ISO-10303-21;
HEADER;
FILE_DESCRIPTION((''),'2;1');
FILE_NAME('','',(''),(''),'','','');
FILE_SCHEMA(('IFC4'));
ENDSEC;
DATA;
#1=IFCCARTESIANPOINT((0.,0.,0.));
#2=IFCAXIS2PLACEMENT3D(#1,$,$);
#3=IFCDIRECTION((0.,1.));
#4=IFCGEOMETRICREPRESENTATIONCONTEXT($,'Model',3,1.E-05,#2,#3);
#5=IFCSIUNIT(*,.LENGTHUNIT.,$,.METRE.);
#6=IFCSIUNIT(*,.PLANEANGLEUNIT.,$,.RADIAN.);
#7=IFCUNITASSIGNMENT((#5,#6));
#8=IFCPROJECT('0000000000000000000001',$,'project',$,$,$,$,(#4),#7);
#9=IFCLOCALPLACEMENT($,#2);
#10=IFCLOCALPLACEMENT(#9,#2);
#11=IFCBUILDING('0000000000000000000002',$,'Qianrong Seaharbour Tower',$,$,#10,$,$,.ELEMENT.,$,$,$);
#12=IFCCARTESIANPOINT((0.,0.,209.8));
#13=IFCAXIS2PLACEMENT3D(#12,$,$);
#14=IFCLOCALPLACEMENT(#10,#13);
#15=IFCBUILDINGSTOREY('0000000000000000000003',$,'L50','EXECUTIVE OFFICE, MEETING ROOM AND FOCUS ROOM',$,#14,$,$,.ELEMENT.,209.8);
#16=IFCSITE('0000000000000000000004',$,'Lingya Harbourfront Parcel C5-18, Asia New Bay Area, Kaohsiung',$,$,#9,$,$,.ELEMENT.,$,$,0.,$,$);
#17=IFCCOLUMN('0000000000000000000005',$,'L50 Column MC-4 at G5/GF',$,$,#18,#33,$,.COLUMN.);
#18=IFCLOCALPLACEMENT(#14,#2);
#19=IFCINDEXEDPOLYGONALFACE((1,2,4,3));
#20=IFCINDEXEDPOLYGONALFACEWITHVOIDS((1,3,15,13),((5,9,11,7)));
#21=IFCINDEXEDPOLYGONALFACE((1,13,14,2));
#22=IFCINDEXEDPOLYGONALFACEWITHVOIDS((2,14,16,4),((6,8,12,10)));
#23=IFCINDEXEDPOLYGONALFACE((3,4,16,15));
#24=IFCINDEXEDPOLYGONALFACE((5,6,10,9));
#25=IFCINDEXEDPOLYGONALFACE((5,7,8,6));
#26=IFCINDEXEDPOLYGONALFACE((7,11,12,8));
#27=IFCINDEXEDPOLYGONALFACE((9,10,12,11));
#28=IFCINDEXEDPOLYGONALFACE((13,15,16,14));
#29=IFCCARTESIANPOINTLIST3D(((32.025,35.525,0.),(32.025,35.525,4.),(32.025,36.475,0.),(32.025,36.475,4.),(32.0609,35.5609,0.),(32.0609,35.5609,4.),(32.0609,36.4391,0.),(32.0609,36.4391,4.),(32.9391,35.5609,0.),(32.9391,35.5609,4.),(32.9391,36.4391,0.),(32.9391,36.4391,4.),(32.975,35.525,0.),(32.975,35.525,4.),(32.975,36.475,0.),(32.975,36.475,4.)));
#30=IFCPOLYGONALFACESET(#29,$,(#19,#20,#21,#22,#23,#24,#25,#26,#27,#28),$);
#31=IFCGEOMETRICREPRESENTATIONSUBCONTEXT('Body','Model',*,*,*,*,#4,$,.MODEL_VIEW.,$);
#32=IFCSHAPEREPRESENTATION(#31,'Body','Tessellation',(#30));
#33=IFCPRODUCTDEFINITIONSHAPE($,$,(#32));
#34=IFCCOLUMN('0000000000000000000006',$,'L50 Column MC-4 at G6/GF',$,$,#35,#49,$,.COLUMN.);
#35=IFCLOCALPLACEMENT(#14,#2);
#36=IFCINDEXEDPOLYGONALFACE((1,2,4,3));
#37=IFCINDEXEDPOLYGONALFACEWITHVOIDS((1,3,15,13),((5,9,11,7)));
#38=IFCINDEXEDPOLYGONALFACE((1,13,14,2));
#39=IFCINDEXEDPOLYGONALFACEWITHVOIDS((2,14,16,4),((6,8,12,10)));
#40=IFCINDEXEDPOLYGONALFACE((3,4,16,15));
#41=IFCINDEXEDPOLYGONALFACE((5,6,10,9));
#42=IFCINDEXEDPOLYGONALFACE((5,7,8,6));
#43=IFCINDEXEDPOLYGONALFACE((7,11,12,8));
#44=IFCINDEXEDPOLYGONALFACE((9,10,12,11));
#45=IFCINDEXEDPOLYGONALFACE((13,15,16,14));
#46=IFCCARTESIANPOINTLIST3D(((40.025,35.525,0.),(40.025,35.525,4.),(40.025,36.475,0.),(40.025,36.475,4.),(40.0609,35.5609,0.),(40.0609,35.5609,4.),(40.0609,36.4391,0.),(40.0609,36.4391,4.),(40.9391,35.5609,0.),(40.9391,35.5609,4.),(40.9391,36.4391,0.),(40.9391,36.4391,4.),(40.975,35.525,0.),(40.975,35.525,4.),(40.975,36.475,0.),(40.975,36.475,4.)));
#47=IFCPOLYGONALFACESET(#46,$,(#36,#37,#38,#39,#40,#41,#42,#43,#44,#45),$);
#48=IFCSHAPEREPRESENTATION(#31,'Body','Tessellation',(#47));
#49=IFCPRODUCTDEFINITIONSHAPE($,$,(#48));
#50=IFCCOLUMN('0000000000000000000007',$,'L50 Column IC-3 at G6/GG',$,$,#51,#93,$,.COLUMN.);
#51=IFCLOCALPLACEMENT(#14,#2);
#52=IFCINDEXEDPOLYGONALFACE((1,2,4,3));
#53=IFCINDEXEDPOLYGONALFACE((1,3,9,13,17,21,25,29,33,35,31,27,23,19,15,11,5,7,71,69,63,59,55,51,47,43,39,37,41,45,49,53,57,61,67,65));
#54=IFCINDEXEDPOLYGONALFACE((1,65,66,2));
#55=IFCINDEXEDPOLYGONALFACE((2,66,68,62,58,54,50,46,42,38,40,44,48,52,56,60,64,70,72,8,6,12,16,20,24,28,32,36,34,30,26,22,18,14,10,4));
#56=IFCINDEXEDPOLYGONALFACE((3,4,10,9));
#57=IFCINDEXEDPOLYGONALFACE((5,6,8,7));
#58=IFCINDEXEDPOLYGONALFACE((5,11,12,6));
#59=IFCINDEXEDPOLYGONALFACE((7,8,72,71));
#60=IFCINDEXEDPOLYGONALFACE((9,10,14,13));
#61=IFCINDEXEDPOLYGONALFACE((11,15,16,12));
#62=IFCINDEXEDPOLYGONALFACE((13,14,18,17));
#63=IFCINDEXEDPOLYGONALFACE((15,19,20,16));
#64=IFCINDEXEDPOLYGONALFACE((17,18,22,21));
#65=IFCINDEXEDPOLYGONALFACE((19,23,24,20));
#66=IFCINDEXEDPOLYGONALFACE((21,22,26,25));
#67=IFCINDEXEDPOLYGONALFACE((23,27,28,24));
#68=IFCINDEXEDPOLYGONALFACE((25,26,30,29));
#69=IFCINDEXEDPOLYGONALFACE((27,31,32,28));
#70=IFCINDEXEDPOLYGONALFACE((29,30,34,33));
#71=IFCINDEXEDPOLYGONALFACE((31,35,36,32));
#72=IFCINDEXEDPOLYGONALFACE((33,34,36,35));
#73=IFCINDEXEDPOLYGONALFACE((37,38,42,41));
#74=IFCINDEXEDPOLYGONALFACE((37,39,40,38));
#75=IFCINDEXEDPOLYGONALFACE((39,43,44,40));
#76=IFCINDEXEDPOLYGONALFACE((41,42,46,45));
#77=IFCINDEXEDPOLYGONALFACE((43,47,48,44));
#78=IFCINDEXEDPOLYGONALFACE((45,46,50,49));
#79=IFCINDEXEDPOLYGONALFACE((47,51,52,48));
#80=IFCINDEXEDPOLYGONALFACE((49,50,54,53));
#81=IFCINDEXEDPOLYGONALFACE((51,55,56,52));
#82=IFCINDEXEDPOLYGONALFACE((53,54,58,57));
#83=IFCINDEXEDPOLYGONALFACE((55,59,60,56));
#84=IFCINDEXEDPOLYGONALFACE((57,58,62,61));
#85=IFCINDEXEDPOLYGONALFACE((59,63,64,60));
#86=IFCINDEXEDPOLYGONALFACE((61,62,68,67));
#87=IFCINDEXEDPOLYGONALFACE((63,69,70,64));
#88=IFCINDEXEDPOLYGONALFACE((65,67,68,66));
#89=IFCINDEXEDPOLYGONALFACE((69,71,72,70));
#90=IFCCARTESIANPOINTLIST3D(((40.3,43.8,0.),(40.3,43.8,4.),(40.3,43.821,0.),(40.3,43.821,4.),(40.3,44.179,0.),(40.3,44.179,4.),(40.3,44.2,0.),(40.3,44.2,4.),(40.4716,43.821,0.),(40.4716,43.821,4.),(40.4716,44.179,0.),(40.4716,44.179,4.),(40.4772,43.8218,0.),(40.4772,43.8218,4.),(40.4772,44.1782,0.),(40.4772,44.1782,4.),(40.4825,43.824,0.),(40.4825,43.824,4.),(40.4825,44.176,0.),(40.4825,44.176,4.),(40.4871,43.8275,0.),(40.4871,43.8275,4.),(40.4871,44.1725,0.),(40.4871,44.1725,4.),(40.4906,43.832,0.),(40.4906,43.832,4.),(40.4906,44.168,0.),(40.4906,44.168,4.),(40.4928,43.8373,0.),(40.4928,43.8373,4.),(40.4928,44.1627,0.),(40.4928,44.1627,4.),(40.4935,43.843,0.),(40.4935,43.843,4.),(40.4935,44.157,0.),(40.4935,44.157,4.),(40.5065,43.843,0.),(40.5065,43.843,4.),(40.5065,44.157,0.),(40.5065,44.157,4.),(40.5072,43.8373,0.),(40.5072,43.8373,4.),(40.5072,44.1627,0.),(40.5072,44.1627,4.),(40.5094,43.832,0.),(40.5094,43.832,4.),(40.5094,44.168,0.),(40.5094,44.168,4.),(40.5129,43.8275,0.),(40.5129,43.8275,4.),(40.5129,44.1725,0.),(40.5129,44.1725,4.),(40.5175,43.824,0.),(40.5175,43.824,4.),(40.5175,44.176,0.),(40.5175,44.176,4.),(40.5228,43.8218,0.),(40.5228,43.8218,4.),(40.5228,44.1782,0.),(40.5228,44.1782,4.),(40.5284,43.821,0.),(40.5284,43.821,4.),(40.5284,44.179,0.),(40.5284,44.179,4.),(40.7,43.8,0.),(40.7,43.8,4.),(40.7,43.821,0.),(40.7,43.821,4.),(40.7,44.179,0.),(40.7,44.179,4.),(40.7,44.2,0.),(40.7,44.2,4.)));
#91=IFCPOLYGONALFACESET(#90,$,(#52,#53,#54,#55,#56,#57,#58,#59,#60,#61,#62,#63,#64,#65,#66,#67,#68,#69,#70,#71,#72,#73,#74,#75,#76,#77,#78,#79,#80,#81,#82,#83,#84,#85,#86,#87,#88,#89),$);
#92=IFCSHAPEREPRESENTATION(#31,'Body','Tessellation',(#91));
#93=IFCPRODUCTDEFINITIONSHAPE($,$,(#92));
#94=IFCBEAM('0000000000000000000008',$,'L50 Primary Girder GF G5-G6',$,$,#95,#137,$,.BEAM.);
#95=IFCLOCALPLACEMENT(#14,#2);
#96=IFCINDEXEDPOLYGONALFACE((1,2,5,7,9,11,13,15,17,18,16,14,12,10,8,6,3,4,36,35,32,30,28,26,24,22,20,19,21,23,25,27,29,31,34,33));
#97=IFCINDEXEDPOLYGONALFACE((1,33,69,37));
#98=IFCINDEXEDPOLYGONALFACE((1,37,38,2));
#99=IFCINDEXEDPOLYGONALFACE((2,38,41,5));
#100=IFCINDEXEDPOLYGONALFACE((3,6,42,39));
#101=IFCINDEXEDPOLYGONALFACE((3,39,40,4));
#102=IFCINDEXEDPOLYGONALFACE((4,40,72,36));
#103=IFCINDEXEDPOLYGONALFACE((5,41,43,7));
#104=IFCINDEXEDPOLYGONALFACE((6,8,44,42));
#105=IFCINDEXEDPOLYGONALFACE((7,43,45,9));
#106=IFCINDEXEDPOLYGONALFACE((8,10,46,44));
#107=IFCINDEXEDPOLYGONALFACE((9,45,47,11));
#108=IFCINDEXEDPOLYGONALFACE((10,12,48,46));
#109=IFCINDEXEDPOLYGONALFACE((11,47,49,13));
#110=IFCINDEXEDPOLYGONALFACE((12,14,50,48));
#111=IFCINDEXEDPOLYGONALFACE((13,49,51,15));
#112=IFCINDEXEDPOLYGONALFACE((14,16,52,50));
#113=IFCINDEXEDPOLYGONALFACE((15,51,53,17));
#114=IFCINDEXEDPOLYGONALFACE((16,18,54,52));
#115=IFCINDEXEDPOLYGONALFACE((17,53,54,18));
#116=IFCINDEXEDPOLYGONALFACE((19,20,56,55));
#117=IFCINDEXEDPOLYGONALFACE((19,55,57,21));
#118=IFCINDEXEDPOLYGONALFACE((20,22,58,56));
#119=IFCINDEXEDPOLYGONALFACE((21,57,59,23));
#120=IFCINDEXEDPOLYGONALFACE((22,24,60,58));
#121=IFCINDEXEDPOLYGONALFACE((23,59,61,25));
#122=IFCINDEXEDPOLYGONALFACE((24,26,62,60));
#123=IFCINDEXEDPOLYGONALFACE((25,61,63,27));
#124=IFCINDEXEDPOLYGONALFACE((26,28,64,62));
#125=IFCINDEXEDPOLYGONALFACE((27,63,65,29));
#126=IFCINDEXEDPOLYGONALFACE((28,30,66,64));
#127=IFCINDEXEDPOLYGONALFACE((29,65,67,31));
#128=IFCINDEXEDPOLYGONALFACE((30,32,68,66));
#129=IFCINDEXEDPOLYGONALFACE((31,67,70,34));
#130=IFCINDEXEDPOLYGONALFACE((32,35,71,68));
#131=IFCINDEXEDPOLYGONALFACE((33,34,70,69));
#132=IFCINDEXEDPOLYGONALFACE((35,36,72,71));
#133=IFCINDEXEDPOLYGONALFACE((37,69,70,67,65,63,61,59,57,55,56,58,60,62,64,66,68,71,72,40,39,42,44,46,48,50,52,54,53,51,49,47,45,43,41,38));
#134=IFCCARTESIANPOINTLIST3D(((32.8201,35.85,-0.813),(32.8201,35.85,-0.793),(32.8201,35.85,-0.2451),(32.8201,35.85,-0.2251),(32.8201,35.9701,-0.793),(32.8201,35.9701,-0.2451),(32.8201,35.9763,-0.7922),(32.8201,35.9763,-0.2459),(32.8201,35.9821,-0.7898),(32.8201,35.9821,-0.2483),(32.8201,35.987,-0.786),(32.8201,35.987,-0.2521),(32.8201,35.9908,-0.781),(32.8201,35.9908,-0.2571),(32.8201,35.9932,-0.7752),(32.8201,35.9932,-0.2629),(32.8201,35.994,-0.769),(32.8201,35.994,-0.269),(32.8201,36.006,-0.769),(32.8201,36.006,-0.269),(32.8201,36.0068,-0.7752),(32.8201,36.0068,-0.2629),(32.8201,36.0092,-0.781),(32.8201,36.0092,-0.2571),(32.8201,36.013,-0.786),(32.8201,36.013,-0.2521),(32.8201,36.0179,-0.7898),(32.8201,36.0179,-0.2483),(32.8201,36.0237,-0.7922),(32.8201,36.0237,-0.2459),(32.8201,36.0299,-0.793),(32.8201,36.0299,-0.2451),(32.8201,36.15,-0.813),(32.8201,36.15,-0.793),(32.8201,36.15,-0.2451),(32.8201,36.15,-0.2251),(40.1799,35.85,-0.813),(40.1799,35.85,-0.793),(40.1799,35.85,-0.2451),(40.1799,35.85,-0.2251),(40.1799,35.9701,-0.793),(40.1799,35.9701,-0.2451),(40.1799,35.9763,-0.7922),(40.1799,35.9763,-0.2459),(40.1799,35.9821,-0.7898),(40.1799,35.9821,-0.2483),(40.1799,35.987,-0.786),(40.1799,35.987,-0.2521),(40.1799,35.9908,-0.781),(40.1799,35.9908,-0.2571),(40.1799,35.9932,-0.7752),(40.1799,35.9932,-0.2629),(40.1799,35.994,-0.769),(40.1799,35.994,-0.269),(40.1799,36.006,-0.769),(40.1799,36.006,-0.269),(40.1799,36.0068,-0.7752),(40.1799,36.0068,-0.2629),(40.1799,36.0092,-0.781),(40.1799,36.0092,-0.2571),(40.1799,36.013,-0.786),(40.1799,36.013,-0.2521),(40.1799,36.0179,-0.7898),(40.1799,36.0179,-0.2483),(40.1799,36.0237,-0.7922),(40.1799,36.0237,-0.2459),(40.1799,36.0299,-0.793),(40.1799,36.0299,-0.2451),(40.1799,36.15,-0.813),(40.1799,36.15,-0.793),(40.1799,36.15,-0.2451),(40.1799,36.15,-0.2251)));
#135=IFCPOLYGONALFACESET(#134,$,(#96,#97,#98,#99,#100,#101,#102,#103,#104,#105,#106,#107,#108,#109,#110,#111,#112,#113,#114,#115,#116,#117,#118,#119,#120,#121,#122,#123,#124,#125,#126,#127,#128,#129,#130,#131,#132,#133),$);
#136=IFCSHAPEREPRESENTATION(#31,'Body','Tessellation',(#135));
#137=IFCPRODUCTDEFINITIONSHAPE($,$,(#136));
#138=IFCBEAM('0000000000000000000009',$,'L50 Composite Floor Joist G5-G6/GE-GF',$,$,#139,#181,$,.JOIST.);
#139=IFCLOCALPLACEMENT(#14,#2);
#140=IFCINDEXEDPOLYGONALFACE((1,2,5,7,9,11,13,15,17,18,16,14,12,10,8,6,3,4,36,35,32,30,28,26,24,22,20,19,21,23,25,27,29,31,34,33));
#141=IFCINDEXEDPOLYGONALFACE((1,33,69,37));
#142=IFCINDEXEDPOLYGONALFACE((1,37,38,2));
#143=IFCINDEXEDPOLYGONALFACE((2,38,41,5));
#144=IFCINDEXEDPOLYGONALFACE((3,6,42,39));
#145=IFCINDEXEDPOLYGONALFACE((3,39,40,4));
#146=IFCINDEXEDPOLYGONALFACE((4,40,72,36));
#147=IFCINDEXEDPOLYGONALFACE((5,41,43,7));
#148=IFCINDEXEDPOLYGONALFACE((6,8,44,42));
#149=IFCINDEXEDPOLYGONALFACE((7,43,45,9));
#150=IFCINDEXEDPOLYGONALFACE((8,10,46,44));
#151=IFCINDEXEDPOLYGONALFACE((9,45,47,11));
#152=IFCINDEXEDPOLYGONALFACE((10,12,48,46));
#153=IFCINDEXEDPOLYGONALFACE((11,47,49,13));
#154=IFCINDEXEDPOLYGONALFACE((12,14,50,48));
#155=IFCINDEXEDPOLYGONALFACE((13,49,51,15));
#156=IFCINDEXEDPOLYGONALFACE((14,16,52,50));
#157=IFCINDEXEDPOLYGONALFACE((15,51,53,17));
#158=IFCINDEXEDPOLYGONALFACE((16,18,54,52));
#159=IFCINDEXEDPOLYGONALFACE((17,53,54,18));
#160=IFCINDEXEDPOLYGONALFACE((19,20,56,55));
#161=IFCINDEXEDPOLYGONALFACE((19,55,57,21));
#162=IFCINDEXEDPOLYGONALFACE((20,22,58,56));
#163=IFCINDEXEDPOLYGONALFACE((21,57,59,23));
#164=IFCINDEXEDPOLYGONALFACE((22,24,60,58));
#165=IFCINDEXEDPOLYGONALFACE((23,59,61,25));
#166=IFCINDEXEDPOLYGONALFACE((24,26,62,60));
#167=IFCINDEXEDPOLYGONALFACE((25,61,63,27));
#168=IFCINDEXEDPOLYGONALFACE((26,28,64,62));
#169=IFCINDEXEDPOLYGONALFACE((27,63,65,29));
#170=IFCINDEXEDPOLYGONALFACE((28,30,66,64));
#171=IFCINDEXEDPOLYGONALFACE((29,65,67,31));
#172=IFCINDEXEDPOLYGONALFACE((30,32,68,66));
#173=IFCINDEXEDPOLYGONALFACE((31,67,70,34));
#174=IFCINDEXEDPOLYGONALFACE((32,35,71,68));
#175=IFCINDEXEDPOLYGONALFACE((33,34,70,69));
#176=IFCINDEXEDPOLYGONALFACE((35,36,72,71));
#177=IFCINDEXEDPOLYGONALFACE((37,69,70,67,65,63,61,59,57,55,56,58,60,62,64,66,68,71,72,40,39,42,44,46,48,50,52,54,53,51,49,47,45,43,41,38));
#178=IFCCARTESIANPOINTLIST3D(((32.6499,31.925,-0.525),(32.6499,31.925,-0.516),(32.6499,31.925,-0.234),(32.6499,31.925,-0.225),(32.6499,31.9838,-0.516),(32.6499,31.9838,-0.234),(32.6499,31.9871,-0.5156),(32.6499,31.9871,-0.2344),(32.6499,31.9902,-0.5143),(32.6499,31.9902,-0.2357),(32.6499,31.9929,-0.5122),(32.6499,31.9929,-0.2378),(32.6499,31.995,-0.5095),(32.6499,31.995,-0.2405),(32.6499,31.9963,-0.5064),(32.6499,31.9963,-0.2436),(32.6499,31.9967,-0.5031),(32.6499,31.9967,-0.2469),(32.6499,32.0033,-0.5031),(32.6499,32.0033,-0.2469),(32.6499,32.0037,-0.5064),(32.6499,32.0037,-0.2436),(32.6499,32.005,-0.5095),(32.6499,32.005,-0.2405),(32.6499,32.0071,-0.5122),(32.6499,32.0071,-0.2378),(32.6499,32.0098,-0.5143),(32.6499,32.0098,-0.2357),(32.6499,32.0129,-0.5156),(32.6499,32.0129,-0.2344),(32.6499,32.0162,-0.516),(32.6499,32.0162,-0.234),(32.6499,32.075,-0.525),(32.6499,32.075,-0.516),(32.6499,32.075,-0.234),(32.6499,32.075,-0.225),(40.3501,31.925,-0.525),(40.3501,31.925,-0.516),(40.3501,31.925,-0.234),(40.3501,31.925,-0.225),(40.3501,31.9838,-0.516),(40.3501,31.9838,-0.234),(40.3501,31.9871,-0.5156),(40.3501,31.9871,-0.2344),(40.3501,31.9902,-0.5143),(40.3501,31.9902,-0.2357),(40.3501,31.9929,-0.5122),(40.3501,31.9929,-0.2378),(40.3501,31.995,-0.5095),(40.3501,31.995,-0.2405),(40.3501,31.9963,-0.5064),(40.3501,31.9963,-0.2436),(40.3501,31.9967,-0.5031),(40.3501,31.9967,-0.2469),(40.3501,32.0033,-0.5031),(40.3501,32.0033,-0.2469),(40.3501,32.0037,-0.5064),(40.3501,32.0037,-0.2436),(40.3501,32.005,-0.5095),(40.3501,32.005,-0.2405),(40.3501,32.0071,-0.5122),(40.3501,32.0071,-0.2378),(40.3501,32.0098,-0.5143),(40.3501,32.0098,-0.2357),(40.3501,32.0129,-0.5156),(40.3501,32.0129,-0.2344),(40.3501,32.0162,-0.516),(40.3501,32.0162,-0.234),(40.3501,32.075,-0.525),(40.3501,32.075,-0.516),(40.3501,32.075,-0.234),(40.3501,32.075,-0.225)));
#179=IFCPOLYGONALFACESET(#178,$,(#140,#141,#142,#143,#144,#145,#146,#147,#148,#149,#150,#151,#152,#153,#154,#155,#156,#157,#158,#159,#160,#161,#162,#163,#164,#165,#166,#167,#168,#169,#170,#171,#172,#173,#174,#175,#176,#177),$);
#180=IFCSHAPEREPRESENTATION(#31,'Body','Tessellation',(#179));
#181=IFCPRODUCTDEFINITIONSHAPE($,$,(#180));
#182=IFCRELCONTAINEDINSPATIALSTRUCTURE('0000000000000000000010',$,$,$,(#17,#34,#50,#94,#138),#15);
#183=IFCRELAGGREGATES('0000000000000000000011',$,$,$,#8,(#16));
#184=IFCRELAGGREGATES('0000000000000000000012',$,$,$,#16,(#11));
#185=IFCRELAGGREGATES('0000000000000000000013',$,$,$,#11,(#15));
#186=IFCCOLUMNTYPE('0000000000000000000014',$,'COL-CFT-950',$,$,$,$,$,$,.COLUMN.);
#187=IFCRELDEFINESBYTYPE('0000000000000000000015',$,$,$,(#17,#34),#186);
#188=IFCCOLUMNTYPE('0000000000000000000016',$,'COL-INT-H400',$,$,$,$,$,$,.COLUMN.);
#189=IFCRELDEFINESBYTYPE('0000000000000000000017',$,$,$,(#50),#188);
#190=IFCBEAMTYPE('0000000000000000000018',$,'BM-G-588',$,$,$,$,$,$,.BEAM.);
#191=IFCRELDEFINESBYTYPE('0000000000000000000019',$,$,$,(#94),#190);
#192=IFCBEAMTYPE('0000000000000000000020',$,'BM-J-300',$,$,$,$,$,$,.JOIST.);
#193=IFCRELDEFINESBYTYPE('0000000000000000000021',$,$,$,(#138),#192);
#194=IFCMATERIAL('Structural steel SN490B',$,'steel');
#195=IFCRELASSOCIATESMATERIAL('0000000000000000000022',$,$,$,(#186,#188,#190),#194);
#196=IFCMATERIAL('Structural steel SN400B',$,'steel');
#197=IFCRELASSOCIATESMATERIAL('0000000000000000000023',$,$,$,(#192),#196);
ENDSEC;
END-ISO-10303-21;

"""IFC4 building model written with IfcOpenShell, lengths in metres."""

from ifc_helpers import new_model, si_unit, direction, frame, origin, origin_2d, place, context, subcontext, project, spatial, hollow_rectangle, i_section, extrude, material, material_profile, profile_set, type_object, element, save


model = new_model("IFC4")

# Units and contexts
model_context = context("Model", 3, precision=1e-05, world=origin(), true_north=direction((0.0, 1.0)))
body_context = subcontext(model_context, "Body", "Model", "MODEL_VIEW")
ifc_project = project(units=[si_unit("LENGTHUNIT", "METRE"), si_unit("PLANEANGLEUNIT", "RADIAN")], contexts=[model_context])

# Site, building, storey
site_placement = place(None, origin())
site = spatial("IfcSite", under=ifc_project, at=site_placement, Name="Lingya Harbourfront Parcel C5-18, Asia New Bay Area, Kaohsiung", CompositionType="ELEMENT", RefElevation=0.0)
building_placement = place(site_placement, origin())
building = spatial("IfcBuilding", under=site, at=building_placement, Name="Qianrong Seaharbour Tower", CompositionType="ELEMENT")
storey_placement = place(building_placement, frame((0.0, 0.0, 209.8)))
storey = spatial("IfcBuildingStorey", under=building, at=storey_placement, Name="L50", Description="EXECUTIVE OFFICE, MEETING ROOM AND FOCUS ROOM", CompositionType="ELEMENT", Elevation=209.8)

# Columns
ifc_material_1 = material(Name="Structural steel SN490B", Category="steel")
ifc_material_profile_1 = material_profile(ifc_material_1, hollow_rectangle(XDim=0.95, YDim=0.95, WallThickness=0.0359, at=origin_2d()), Name="BOX950x950x36")
ifc_profile_set_1 = profile_set([ifc_material_profile_1], Name="Structural steel SN490B")
column_type_1 = type_object("IfcColumnType", Name="COL-CFT-950", PredefinedType="COLUMN", material=ifc_profile_set_1)
for number, where, z_axis, x_axis, name in (
    (1, (32.5, 36.0, 0.0), (0.0, 0.0, 1.0), (1.0, 0.0, 0.0), "L50 Column MC-4 at G5/GF"),
    (2, (40.5, 36.0, 0.0), (0.0, 0.0, 1.0), (1.0, 0.0, 0.0), "L50 Column MC-4 at G6/GF"),
):
    element("IfcColumn", number, at=place(storey_placement, frame(where, z_axis=z_axis, x_axis=x_axis)), inside=storey, type_object=column_type_1, Name=name, PredefinedType="COLUMN", context=body_context, shape_type="SweptSolid", body=[
        extrude(hollow_rectangle(XDim=0.95, YDim=0.95, WallThickness=0.0359, at=origin_2d()), origin(), (0.0, 0.0, 1.0), 4.0),
    ])
ifc_material_profile_2 = material_profile(ifc_material_1, i_section(OverallWidth=0.3999, OverallDepth=0.3999, WebThickness=0.0129, FlangeThickness=0.021, FilletRadius=0.022, at=origin_2d()), Name="H400x400x13x21")
ifc_profile_set_2 = profile_set([ifc_material_profile_2], Name="Structural steel SN490B")
column_type_2 = type_object("IfcColumnType", Name="COL-INT-H400", PredefinedType="COLUMN", material=ifc_profile_set_2)
column_placement = place(storey_placement, frame((40.5, 44.0, 0.0), z_axis=(0.0, 0.0, 1.0), x_axis=(1.0, 0.0, 0.0)))
element("IfcColumn", 3, at=column_placement, inside=storey, type_object=column_type_2, Name="L50 Column IC-3 at G6/GG", PredefinedType="COLUMN", context=body_context, shape_type="SweptSolid", body=[
    extrude(i_section(OverallWidth=0.3999, OverallDepth=0.3999, WebThickness=0.0129, FlangeThickness=0.021, FilletRadius=0.022, at=origin_2d()), origin(), (0.0, 0.0, 1.0), 4.0),
])

# Beams
ifc_material_profile_3 = material_profile(ifc_material_1, i_section(OverallWidth=0.3, OverallDepth=0.5879, WebThickness=0.012, FlangeThickness=0.02, FilletRadius=0.0239, at=origin_2d()), Name="H588x300x12x20")
ifc_profile_set_3 = profile_set([ifc_material_profile_3], Name="Structural steel SN490B")
beam_type_1 = type_object("IfcBeamType", Name="BM-G-588", PredefinedType="BEAM", material=ifc_profile_set_3)
beam_1_placement = place(storey_placement, frame((32.8201, 36.0, -0.519), z_axis=(1.0, 0.0, 0.0), x_axis=(0.0, 1.0, 0.0)))
element("IfcBeam", 4, at=beam_1_placement, inside=storey, type_object=beam_type_1, Name="L50 Primary Girder GF G5-G6", PredefinedType="BEAM", context=body_context, shape_type="SweptSolid", body=[
    extrude(i_section(OverallWidth=0.3, OverallDepth=0.5879, WebThickness=0.012, FlangeThickness=0.02, FilletRadius=0.0239, at=origin_2d()), origin(), (0.0, 0.0, 1.0), 7.3599),
])
ifc_material_2 = material(Name="Structural steel SN400B", Category="steel")
ifc_material_profile_4 = material_profile(ifc_material_2, i_section(OverallWidth=0.1499, OverallDepth=0.3, WebThickness=0.0066, FlangeThickness=0.009, FilletRadius=0.0129, at=origin_2d()), Name="H300x150x6.5x9")
ifc_profile_set_4 = profile_set([ifc_material_profile_4], Name="Structural steel SN400B")
beam_type_2 = type_object("IfcBeamType", Name="BM-J-300", PredefinedType="JOIST", material=ifc_profile_set_4)
for number, where, z_axis, x_axis, name in (
    (5, (32.6499, 32.0, -0.375), (1.0, 0.0, 0.0), (0.0, 1.0, 0.0), "L50 Composite Floor Joist G5-G6/GE-GF"),
):
    element("IfcBeam", number, at=place(storey_placement, frame(where, z_axis=z_axis, x_axis=x_axis)), inside=storey, type_object=beam_type_2, Name=name, PredefinedType="JOIST", context=body_context, shape_type="SweptSolid", body=[
        extrude(i_section(OverallWidth=0.1499, OverallDepth=0.3, WebThickness=0.0066, FlangeThickness=0.009, FilletRadius=0.0129, at=origin_2d()), origin(), (0.0, 0.0, 1.0), 7.7002),
    ])

save(model, "model.ifc")
